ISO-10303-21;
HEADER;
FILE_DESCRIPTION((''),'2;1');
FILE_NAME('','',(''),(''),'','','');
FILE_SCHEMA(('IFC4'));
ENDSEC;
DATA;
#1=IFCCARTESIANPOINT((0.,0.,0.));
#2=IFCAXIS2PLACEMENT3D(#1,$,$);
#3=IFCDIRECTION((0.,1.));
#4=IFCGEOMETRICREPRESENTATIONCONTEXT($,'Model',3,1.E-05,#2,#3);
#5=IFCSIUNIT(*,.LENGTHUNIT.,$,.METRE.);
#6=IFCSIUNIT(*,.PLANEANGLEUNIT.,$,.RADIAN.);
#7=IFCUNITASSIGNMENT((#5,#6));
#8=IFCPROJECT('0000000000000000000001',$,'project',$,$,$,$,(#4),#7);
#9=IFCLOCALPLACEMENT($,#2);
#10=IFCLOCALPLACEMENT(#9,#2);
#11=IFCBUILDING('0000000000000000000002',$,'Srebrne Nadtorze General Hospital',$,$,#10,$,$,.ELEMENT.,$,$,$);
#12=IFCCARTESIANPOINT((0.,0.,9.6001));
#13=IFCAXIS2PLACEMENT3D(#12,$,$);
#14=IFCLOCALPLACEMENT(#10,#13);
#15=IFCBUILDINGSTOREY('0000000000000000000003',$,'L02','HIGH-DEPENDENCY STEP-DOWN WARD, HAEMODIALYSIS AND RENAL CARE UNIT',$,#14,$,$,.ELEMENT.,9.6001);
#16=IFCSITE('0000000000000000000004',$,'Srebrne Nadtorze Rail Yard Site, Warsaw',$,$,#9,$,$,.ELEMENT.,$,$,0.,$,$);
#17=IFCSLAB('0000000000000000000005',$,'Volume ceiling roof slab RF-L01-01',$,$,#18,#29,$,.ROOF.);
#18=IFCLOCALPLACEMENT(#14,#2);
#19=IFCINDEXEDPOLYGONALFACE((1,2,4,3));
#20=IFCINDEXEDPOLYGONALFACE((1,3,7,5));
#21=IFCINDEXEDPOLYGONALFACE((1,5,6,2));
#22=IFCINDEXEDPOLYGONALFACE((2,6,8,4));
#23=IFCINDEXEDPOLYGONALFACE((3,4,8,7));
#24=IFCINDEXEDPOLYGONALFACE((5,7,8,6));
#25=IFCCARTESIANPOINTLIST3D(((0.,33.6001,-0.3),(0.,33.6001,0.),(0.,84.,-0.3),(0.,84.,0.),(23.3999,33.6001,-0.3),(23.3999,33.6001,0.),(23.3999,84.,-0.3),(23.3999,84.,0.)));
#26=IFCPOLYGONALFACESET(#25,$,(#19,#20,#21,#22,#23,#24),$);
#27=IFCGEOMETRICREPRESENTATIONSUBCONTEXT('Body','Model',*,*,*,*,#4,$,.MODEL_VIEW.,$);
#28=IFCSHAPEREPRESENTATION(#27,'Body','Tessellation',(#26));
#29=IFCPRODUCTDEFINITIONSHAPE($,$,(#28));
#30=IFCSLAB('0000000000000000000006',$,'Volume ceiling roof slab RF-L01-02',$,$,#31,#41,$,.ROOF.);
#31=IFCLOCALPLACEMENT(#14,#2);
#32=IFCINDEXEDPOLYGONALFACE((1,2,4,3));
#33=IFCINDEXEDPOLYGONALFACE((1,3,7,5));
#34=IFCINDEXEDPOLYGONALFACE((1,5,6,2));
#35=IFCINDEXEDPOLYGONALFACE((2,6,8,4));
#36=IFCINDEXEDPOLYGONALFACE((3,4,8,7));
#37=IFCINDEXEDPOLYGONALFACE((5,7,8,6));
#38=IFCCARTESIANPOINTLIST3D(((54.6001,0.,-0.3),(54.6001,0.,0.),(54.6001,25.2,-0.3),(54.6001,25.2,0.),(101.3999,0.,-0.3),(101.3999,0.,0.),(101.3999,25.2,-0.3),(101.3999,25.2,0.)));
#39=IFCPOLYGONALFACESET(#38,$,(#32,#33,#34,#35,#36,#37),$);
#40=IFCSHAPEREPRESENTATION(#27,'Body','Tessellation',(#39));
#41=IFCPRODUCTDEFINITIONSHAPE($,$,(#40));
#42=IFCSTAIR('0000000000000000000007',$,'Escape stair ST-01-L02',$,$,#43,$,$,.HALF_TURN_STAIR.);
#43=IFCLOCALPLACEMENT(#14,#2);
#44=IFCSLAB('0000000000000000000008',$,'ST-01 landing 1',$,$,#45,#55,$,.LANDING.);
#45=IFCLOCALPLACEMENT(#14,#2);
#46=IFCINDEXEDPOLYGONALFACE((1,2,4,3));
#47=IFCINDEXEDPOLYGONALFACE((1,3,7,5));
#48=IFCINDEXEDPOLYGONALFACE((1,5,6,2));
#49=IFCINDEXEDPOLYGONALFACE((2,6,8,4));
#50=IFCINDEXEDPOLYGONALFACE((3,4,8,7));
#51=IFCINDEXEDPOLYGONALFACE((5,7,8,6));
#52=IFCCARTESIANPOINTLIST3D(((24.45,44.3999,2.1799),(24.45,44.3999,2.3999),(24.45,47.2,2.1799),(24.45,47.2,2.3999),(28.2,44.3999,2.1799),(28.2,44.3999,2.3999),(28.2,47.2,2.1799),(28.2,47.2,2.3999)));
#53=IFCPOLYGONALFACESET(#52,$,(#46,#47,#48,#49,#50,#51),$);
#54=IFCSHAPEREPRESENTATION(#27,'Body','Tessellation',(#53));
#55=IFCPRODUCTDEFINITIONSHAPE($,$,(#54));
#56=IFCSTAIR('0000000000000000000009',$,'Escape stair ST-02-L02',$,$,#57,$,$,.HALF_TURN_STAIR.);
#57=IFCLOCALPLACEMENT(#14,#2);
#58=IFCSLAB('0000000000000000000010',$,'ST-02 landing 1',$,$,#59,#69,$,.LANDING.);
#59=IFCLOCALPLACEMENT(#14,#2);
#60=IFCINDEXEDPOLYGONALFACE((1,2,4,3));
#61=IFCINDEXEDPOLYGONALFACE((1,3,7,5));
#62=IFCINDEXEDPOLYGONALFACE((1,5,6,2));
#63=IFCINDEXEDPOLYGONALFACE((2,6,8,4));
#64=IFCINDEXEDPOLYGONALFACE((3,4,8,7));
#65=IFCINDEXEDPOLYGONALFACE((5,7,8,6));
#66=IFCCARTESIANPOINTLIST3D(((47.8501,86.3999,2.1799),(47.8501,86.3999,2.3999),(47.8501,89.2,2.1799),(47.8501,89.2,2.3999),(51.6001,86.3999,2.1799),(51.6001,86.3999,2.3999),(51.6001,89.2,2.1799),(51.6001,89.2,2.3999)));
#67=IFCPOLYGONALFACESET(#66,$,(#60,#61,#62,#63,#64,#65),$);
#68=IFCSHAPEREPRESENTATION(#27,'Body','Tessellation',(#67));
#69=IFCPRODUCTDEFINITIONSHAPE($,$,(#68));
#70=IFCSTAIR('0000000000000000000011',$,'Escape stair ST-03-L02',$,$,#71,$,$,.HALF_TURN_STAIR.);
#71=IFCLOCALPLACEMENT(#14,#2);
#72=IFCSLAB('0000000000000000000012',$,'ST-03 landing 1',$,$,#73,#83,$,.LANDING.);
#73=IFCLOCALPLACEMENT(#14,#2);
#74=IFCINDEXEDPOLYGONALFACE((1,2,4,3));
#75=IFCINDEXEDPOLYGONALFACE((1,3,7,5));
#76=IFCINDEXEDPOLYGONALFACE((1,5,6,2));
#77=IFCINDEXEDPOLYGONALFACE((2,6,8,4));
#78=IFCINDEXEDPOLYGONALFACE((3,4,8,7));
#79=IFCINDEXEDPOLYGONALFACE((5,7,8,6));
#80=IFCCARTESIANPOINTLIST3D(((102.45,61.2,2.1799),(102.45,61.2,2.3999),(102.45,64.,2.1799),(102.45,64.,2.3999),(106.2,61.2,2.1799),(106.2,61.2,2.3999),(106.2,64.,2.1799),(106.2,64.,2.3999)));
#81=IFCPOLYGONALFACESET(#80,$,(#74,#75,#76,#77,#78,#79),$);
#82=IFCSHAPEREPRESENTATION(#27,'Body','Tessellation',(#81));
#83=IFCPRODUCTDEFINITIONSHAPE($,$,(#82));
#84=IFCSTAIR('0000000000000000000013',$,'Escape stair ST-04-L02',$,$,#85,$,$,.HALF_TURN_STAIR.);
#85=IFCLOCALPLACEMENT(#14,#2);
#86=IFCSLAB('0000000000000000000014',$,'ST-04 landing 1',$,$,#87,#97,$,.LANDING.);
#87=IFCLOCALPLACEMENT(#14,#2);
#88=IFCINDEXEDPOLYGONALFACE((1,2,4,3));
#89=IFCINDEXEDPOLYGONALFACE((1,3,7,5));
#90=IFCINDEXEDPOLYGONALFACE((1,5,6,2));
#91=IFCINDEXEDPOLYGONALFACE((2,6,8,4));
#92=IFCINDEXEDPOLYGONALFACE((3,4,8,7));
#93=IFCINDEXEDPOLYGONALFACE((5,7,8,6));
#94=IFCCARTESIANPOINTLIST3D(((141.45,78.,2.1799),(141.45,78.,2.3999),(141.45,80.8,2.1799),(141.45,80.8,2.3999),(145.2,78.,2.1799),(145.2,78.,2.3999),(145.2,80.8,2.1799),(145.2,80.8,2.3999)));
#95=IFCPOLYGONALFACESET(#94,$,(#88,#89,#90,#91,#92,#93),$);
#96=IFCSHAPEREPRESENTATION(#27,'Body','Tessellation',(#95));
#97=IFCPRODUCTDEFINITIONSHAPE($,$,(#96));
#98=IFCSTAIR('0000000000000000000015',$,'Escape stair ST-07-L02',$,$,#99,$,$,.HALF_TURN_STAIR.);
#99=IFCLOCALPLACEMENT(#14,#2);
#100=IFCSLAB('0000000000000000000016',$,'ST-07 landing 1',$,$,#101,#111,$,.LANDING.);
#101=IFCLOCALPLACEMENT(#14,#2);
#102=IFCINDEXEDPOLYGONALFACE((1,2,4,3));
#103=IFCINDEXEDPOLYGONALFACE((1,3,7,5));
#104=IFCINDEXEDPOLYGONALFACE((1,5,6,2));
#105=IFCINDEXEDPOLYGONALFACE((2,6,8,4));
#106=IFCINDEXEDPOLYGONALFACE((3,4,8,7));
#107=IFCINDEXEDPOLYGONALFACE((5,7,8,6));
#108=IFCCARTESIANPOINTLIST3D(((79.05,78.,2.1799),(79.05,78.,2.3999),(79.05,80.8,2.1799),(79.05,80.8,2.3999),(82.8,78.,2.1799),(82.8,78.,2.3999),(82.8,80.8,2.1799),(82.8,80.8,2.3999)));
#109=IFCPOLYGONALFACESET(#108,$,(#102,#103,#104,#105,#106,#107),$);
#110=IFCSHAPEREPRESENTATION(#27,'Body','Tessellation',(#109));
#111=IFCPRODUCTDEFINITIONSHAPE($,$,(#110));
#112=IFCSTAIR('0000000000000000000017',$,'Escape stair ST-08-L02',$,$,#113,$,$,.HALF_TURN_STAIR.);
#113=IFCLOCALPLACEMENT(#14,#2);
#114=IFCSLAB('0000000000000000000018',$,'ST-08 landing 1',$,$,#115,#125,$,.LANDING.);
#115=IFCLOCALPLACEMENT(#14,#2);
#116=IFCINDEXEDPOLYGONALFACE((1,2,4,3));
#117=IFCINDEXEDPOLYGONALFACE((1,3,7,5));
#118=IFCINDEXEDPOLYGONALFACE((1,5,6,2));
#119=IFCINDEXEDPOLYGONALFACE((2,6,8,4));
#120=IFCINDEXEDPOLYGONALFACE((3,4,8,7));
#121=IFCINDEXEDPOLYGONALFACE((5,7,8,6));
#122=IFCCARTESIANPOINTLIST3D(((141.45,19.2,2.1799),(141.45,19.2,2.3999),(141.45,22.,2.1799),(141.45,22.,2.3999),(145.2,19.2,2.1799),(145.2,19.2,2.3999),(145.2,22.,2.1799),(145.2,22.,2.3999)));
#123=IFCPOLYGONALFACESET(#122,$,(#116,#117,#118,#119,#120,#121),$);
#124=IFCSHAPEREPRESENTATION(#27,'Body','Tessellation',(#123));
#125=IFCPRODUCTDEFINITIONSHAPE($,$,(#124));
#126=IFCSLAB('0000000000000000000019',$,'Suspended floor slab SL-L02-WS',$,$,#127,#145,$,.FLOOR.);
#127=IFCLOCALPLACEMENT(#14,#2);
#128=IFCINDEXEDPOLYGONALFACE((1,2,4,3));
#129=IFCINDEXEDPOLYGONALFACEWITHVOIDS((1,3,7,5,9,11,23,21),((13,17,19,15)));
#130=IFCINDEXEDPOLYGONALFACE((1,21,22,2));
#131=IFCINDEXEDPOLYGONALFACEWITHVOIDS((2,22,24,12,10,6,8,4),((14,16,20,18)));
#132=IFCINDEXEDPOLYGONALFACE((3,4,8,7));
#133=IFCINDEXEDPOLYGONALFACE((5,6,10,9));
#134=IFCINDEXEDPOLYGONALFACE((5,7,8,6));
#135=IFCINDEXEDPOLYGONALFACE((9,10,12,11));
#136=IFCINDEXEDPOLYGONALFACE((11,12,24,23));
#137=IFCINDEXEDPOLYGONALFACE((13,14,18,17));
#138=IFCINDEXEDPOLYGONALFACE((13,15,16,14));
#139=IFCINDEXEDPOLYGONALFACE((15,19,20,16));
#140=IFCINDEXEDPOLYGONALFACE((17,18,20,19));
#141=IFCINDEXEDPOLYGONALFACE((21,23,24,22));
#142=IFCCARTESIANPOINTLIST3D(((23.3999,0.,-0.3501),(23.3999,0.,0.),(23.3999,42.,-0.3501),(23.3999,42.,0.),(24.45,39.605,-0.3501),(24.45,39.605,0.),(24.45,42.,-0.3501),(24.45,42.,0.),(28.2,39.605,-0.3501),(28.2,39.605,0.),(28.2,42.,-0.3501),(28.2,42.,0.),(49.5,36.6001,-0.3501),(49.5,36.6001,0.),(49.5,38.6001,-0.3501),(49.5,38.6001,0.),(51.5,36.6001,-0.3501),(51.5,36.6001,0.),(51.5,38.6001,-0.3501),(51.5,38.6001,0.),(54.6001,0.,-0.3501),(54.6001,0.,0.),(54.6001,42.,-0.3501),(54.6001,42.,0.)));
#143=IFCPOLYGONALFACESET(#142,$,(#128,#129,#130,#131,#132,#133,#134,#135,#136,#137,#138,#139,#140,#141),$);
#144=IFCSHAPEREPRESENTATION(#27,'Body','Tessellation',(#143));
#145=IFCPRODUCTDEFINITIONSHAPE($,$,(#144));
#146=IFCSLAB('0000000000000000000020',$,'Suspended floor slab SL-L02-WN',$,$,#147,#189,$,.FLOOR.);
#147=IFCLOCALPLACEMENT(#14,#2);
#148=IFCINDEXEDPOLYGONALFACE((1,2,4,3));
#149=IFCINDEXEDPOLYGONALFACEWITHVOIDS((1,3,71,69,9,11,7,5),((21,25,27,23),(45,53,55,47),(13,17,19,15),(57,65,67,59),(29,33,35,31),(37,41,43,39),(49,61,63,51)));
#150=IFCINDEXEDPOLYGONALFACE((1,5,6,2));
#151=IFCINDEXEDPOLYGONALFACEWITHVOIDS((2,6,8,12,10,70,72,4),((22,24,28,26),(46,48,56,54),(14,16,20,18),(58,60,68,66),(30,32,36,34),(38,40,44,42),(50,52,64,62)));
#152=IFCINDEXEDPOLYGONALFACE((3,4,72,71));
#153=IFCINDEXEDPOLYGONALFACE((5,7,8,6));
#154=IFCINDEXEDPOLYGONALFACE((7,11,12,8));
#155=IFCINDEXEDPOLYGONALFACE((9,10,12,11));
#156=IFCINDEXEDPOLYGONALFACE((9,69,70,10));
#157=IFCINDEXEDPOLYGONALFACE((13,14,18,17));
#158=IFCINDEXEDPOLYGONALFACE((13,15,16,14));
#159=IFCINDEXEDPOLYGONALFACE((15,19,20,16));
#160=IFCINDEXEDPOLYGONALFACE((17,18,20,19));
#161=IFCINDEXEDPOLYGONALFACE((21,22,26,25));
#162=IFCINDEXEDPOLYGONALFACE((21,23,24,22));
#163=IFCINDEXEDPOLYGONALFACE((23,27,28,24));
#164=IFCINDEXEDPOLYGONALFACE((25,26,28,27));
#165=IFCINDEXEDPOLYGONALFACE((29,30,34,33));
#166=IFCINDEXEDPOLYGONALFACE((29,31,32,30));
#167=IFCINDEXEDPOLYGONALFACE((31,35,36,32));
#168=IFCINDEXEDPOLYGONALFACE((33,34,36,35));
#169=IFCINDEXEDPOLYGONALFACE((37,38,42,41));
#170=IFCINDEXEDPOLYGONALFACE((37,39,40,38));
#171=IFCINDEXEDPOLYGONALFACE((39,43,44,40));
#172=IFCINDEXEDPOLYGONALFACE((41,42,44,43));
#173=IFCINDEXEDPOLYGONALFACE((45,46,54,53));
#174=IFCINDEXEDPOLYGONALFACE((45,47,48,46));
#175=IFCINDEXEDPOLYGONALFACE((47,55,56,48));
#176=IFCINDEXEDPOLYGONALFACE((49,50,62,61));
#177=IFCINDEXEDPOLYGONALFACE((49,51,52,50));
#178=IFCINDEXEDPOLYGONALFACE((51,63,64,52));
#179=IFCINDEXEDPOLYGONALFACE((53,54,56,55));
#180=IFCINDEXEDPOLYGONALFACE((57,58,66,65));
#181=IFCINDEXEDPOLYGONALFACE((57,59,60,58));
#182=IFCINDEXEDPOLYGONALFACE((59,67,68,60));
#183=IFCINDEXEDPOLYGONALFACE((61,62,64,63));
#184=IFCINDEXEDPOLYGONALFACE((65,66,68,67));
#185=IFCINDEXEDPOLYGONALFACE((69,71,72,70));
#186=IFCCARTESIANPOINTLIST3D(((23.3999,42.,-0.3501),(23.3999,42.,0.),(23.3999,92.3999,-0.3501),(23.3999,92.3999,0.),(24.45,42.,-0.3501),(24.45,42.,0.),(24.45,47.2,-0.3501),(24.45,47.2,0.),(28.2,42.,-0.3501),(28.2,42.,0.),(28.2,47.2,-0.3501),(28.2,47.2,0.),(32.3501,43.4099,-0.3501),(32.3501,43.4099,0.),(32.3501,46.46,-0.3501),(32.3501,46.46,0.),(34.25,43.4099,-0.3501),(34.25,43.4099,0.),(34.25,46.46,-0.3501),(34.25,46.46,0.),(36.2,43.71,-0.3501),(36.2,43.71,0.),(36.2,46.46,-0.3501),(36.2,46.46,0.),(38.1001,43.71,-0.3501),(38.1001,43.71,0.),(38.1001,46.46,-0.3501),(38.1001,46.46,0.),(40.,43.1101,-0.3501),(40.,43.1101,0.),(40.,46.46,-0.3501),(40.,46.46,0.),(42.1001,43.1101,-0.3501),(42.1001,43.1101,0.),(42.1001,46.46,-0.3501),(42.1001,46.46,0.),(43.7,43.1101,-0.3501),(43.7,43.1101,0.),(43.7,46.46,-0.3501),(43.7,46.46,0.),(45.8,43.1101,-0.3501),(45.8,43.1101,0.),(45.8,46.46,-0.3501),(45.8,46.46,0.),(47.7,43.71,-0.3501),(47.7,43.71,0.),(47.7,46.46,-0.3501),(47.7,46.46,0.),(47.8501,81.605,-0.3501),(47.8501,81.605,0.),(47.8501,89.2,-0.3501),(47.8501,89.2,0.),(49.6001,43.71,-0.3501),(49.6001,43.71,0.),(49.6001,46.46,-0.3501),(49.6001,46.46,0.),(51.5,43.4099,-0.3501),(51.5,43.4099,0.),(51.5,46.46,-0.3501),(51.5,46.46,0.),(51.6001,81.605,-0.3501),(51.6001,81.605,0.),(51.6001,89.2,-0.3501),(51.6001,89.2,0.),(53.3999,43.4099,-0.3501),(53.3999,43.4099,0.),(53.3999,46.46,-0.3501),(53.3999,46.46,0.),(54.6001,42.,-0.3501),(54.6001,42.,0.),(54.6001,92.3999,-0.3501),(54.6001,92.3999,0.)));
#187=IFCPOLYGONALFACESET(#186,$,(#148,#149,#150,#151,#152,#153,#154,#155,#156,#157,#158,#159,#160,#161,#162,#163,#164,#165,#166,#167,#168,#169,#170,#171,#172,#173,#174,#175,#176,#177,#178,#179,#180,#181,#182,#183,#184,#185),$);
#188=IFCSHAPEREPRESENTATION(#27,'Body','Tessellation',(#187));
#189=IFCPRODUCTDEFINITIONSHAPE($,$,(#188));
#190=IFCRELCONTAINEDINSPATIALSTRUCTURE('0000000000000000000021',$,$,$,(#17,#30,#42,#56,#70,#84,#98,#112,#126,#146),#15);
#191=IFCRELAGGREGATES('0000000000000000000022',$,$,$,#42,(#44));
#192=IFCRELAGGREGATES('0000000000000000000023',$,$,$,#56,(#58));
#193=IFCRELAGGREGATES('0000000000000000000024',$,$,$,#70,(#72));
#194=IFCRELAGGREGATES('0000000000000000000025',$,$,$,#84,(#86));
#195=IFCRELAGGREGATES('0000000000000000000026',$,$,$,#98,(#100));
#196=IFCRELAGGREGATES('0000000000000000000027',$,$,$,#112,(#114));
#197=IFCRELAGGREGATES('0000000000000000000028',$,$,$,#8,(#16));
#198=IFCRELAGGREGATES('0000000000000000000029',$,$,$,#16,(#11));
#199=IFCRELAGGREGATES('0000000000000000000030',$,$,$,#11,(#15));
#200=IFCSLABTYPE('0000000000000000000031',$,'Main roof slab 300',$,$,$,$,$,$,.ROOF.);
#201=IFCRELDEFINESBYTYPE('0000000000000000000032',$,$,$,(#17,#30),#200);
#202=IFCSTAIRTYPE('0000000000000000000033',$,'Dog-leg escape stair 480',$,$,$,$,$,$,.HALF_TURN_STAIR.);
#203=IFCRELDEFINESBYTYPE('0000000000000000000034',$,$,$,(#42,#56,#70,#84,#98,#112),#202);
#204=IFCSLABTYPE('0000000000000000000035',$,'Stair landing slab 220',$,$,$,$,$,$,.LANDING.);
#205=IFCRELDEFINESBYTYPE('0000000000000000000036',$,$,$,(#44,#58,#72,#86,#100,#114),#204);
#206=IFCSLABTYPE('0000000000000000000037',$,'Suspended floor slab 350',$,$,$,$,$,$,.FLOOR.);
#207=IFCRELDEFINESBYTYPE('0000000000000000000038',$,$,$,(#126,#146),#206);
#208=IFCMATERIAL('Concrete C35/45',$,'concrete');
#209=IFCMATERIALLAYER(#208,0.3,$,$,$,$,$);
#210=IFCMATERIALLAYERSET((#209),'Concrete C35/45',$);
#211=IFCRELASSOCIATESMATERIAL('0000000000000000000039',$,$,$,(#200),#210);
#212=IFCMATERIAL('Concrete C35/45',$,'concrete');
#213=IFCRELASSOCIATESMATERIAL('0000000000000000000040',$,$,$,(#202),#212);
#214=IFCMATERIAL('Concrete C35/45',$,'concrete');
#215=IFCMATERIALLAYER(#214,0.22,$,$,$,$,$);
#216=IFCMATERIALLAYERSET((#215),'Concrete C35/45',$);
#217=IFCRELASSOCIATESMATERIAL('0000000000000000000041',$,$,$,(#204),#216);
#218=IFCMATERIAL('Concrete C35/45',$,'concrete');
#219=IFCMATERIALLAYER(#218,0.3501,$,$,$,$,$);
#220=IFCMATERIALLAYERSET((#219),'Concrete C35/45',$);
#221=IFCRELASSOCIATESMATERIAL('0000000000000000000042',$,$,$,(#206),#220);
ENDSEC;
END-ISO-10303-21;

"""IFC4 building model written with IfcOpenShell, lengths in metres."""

from ifc_helpers import new_model, si_unit, direction, frame, origin, place, context, subcontext, project, spatial, polyline, outline, extrude, material, layer, layer_set, type_object, element, aggregate, save


model = new_model("IFC4")

# Units and contexts
model_context = context("Model", 3, precision=1e-05, world=origin(), true_north=direction((0.0, 1.0)))
body_context = subcontext(model_context, "Body", "Model", "MODEL_VIEW")
ifc_project = project(units=[si_unit("LENGTHUNIT", "METRE"), si_unit("PLANEANGLEUNIT", "RADIAN")], contexts=[model_context])

# Site, building, storey
site_placement = place(None, origin())
site = spatial("IfcSite", under=ifc_project, at=site_placement, Name="Srebrne Nadtorze Rail Yard Site, Warsaw", CompositionType="ELEMENT", RefElevation=0.0)
building_placement = place(site_placement, origin())
building = spatial("IfcBuilding", under=site, at=building_placement, Name="Srebrne Nadtorze General Hospital", CompositionType="ELEMENT")
storey_placement = place(building_placement, frame((0.0, 0.0, 9.6001)))
storey = spatial("IfcBuildingStorey", under=building, at=storey_placement, Name="L02", Description="HIGH-DEPENDENCY STEP-DOWN WARD, HAEMODIALYSIS AND RENAL CARE UNIT", CompositionType="ELEMENT", Elevation=9.6001)

# Slabs
ifc_material_1 = material(Name="Concrete C35/45", Category="concrete")
ifc_layer_1 = layer(ifc_material_1, 0.3)
ifc_layer_set_1 = layer_set([ifc_layer_1], Name="Concrete C35/45")
slab_type_1 = type_object("IfcSlabType", Name="Main roof slab 300", PredefinedType="ROOF", material=ifc_layer_set_1)
slab_1_placement = place(storey_placement, frame((0.0, 0.0, -0.3)))
element("IfcSlab", 1, at=slab_1_placement, inside=storey, type_object=slab_type_1, Name="Volume ceiling roof slab RF-L01-01", PredefinedType="ROOF", context=body_context, shape_type="SweptSolid", body=[
    extrude(outline(polyline([(23.3999, 33.6001), (23.3999, 84.0), (0.0, 84.0), (0.0, 33.6001), (23.3999, 33.6001)])), origin(), (0.0, 0.0, 1.0), 0.3),
])
slab_2_placement = place(storey_placement, frame((0.0, 0.0, -0.3)))
element("IfcSlab", 2, at=slab_2_placement, inside=storey, type_object=slab_type_1, Name="Volume ceiling roof slab RF-L01-02", PredefinedType="ROOF", context=body_context, shape_type="SweptSolid", body=[
    extrude(outline(polyline([(101.3999, 0.0), (101.3999, 25.2), (54.6001, 25.2), (54.6001, 0.0), (101.3999, 0.0)])), origin(), (0.0, 0.0, 1.0), 0.3),
])

# Stairs, slabs
ifc_material_2 = material(Name="Concrete C35/45", Category="concrete")
stair_type = type_object("IfcStairType", Name="Dog-leg escape stair 480", PredefinedType="HALF_TURN_STAIR", material=ifc_material_2)
stair_1_placement = place(storey_placement, origin())
stair_1 = element("IfcStair", 3, at=stair_1_placement, inside=storey, type_object=stair_type, Name="Escape stair ST-01-L02", PredefinedType="HALF_TURN_STAIR")
ifc_material_3 = material(Name="Concrete C35/45", Category="concrete")
ifc_layer_2 = layer(ifc_material_3, 0.22)
ifc_layer_set_2 = layer_set([ifc_layer_2], Name="Concrete C35/45")
slab_type_2 = type_object("IfcSlabType", Name="Stair landing slab 220", PredefinedType="LANDING", material=ifc_layer_set_2)
slab_3_placement = place(storey_placement, frame((0.0, 0.0, 2.1799)))
slab_3 = element("IfcSlab", 4, at=slab_3_placement, type_object=slab_type_2, Name="ST-01 landing 1", PredefinedType="LANDING", context=body_context, shape_type="SweptSolid", body=[
    extrude(outline(polyline([(24.45, 44.3999), (28.2, 44.3999), (28.2, 47.2), (24.45, 47.2), (24.45, 44.3999)])), origin(), (0.0, 0.0, 1.0), 0.22),
])
aggregate(stair_1, [slab_3])
stair_2_placement = place(storey_placement, origin())
stair_2 = element("IfcStair", 5, at=stair_2_placement, inside=storey, type_object=stair_type, Name="Escape stair ST-02-L02", PredefinedType="HALF_TURN_STAIR")
slab_4_placement = place(storey_placement, frame((0.0, 0.0, 2.1799)))
slab_4 = element("IfcSlab", 6, at=slab_4_placement, type_object=slab_type_2, Name="ST-02 landing 1", PredefinedType="LANDING", context=body_context, shape_type="SweptSolid", body=[
    extrude(outline(polyline([(47.8501, 86.3999), (51.6001, 86.3999), (51.6001, 89.2), (47.8501, 89.2), (47.8501, 86.3999)])), origin(), (0.0, 0.0, 1.0), 0.22),
])
aggregate(stair_2, [slab_4])
stair_3_placement = place(storey_placement, origin())
stair_3 = element("IfcStair", 7, at=stair_3_placement, inside=storey, type_object=stair_type, Name="Escape stair ST-03-L02", PredefinedType="HALF_TURN_STAIR")
slab_5_placement = place(storey_placement, frame((0.0, 0.0, 2.1799)))
slab_5 = element("IfcSlab", 8, at=slab_5_placement, type_object=slab_type_2, Name="ST-03 landing 1", PredefinedType="LANDING", context=body_context, shape_type="SweptSolid", body=[
    extrude(outline(polyline([(102.45, 61.2), (106.2, 61.2), (106.2, 64.0), (102.45, 64.0), (102.45, 61.2)])), origin(), (0.0, 0.0, 1.0), 0.22),
])
aggregate(stair_3, [slab_5])
stair_4_placement = place(storey_placement, origin())
stair_4 = element("IfcStair", 9, at=stair_4_placement, inside=storey, type_object=stair_type, Name="Escape stair ST-04-L02", PredefinedType="HALF_TURN_STAIR")
slab_6_placement = place(storey_placement, frame((0.0, 0.0, 2.1799)))
slab_6 = element("IfcSlab", 10, at=slab_6_placement, type_object=slab_type_2, Name="ST-04 landing 1", PredefinedType="LANDING", context=body_context, shape_type="SweptSolid", body=[
    extrude(outline(polyline([(141.45, 78.0), (145.2, 78.0), (145.2, 80.8), (141.45, 80.8), (141.45, 78.0)])), origin(), (0.0, 0.0, 1.0), 0.22),
])
aggregate(stair_4, [slab_6])
stair_5_placement = place(storey_placement, origin())
stair_5 = element("IfcStair", 11, at=stair_5_placement, inside=storey, type_object=stair_type, Name="Escape stair ST-07-L02", PredefinedType="HALF_TURN_STAIR")
slab_7_placement = place(storey_placement, frame((0.0, 0.0, 2.1799)))
slab_7 = element("IfcSlab", 12, at=slab_7_placement, type_object=slab_type_2, Name="ST-07 landing 1", PredefinedType="LANDING", context=body_context, shape_type="SweptSolid", body=[
    extrude(outline(polyline([(79.05, 78.0), (82.8, 78.0), (82.8, 80.8), (79.05, 80.8), (79.05, 78.0)])), origin(), (0.0, 0.0, 1.0), 0.22),
])
aggregate(stair_5, [slab_7])
stair_6_placement = place(storey_placement, origin())
stair_6 = element("IfcStair", 13, at=stair_6_placement, inside=storey, type_object=stair_type, Name="Escape stair ST-08-L02", PredefinedType="HALF_TURN_STAIR")
slab_8_placement = place(storey_placement, frame((0.0, 0.0, 2.1799)))
slab_8 = element("IfcSlab", 14, at=slab_8_placement, type_object=slab_type_2, Name="ST-08 landing 1", PredefinedType="LANDING", context=body_context, shape_type="SweptSolid", body=[
    extrude(outline(polyline([(141.45, 19.2), (145.2, 19.2), (145.2, 22.0), (141.45, 22.0), (141.45, 19.2)])), origin(), (0.0, 0.0, 1.0), 0.22),
])
aggregate(stair_6, [slab_8])

# Slabs
ifc_material_4 = material(Name="Concrete C35/45", Category="concrete")
ifc_layer_3 = layer(ifc_material_4, 0.3501)
ifc_layer_set_3 = layer_set([ifc_layer_3], Name="Concrete C35/45")
slab_type_3 = type_object("IfcSlabType", Name="Suspended floor slab 350", PredefinedType="FLOOR", material=ifc_layer_set_3)
slab_9_placement = place(storey_placement, frame((0.0, 0.0, -0.3501)))
element("IfcSlab", 15, at=slab_9_placement, inside=storey, type_object=slab_type_3, Name="Suspended floor slab SL-L02-WS", PredefinedType="FLOOR", context=body_context, shape_type="SweptSolid", body=[
    extrude(outline(polyline([(28.2, 42.0), (28.2, 39.605), (24.45, 39.605), (24.45, 42.0), (23.3999, 42.0), (23.3999, 0.0), (54.6001, 0.0), (54.6001, 42.0), (28.2, 42.0)]), holes=[polyline([(51.5, 36.6001), (49.5, 36.6001), (49.5, 38.6001), (51.5, 38.6001), (51.5, 36.6001)])]), origin(), (0.0, 0.0, 1.0), 0.3501),
])
slab_10_placement = place(storey_placement, frame((0.0, 0.0, -0.3501)))
element("IfcSlab", 16, at=slab_10_placement, inside=storey, type_object=slab_type_3, Name="Suspended floor slab SL-L02-WN", PredefinedType="FLOOR", context=body_context, shape_type="SweptSolid", body=[
    extrude(outline(polyline([(24.45, 42.0), (24.45, 47.2), (28.2, 47.2), (28.2, 42.0), (54.6001, 42.0), (54.6001, 92.3999), (23.3999, 92.3999), (23.3999, 42.0), (24.45, 42.0)]), holes=[polyline([(42.1001, 43.1101), (40.0, 43.1101), (40.0, 46.46), (42.1001, 46.46), (42.1001, 43.1101)]), polyline([(43.7, 43.1101), (43.7, 46.46), (45.8, 46.46), (45.8, 43.1101), (43.7, 43.1101)]), polyline([(32.3501, 43.4099), (32.3501, 46.46), (34.25, 46.46), (34.25, 43.4099), (32.3501, 43.4099)]), polyline([(53.3999, 43.4099), (51.5, 43.4099), (51.5, 46.46), (53.3999, 46.46), (53.3999, 43.4099)]), polyline([(36.2, 43.71), (36.2, 46.46), (38.1001, 46.46), (38.1001, 43.71), (36.2, 43.71)]), polyline([(47.7, 43.71), (47.7, 46.46), (49.6001, 46.46), (49.6001, 43.71), (47.7, 43.71)]), polyline([(47.8501, 81.605), (47.8501, 89.2), (51.6001, 89.2), (51.6001, 81.605), (47.8501, 81.605)])]), origin(), (0.0, 0.0, 1.0), 0.3501),
])

save(model, "model.ifc")
